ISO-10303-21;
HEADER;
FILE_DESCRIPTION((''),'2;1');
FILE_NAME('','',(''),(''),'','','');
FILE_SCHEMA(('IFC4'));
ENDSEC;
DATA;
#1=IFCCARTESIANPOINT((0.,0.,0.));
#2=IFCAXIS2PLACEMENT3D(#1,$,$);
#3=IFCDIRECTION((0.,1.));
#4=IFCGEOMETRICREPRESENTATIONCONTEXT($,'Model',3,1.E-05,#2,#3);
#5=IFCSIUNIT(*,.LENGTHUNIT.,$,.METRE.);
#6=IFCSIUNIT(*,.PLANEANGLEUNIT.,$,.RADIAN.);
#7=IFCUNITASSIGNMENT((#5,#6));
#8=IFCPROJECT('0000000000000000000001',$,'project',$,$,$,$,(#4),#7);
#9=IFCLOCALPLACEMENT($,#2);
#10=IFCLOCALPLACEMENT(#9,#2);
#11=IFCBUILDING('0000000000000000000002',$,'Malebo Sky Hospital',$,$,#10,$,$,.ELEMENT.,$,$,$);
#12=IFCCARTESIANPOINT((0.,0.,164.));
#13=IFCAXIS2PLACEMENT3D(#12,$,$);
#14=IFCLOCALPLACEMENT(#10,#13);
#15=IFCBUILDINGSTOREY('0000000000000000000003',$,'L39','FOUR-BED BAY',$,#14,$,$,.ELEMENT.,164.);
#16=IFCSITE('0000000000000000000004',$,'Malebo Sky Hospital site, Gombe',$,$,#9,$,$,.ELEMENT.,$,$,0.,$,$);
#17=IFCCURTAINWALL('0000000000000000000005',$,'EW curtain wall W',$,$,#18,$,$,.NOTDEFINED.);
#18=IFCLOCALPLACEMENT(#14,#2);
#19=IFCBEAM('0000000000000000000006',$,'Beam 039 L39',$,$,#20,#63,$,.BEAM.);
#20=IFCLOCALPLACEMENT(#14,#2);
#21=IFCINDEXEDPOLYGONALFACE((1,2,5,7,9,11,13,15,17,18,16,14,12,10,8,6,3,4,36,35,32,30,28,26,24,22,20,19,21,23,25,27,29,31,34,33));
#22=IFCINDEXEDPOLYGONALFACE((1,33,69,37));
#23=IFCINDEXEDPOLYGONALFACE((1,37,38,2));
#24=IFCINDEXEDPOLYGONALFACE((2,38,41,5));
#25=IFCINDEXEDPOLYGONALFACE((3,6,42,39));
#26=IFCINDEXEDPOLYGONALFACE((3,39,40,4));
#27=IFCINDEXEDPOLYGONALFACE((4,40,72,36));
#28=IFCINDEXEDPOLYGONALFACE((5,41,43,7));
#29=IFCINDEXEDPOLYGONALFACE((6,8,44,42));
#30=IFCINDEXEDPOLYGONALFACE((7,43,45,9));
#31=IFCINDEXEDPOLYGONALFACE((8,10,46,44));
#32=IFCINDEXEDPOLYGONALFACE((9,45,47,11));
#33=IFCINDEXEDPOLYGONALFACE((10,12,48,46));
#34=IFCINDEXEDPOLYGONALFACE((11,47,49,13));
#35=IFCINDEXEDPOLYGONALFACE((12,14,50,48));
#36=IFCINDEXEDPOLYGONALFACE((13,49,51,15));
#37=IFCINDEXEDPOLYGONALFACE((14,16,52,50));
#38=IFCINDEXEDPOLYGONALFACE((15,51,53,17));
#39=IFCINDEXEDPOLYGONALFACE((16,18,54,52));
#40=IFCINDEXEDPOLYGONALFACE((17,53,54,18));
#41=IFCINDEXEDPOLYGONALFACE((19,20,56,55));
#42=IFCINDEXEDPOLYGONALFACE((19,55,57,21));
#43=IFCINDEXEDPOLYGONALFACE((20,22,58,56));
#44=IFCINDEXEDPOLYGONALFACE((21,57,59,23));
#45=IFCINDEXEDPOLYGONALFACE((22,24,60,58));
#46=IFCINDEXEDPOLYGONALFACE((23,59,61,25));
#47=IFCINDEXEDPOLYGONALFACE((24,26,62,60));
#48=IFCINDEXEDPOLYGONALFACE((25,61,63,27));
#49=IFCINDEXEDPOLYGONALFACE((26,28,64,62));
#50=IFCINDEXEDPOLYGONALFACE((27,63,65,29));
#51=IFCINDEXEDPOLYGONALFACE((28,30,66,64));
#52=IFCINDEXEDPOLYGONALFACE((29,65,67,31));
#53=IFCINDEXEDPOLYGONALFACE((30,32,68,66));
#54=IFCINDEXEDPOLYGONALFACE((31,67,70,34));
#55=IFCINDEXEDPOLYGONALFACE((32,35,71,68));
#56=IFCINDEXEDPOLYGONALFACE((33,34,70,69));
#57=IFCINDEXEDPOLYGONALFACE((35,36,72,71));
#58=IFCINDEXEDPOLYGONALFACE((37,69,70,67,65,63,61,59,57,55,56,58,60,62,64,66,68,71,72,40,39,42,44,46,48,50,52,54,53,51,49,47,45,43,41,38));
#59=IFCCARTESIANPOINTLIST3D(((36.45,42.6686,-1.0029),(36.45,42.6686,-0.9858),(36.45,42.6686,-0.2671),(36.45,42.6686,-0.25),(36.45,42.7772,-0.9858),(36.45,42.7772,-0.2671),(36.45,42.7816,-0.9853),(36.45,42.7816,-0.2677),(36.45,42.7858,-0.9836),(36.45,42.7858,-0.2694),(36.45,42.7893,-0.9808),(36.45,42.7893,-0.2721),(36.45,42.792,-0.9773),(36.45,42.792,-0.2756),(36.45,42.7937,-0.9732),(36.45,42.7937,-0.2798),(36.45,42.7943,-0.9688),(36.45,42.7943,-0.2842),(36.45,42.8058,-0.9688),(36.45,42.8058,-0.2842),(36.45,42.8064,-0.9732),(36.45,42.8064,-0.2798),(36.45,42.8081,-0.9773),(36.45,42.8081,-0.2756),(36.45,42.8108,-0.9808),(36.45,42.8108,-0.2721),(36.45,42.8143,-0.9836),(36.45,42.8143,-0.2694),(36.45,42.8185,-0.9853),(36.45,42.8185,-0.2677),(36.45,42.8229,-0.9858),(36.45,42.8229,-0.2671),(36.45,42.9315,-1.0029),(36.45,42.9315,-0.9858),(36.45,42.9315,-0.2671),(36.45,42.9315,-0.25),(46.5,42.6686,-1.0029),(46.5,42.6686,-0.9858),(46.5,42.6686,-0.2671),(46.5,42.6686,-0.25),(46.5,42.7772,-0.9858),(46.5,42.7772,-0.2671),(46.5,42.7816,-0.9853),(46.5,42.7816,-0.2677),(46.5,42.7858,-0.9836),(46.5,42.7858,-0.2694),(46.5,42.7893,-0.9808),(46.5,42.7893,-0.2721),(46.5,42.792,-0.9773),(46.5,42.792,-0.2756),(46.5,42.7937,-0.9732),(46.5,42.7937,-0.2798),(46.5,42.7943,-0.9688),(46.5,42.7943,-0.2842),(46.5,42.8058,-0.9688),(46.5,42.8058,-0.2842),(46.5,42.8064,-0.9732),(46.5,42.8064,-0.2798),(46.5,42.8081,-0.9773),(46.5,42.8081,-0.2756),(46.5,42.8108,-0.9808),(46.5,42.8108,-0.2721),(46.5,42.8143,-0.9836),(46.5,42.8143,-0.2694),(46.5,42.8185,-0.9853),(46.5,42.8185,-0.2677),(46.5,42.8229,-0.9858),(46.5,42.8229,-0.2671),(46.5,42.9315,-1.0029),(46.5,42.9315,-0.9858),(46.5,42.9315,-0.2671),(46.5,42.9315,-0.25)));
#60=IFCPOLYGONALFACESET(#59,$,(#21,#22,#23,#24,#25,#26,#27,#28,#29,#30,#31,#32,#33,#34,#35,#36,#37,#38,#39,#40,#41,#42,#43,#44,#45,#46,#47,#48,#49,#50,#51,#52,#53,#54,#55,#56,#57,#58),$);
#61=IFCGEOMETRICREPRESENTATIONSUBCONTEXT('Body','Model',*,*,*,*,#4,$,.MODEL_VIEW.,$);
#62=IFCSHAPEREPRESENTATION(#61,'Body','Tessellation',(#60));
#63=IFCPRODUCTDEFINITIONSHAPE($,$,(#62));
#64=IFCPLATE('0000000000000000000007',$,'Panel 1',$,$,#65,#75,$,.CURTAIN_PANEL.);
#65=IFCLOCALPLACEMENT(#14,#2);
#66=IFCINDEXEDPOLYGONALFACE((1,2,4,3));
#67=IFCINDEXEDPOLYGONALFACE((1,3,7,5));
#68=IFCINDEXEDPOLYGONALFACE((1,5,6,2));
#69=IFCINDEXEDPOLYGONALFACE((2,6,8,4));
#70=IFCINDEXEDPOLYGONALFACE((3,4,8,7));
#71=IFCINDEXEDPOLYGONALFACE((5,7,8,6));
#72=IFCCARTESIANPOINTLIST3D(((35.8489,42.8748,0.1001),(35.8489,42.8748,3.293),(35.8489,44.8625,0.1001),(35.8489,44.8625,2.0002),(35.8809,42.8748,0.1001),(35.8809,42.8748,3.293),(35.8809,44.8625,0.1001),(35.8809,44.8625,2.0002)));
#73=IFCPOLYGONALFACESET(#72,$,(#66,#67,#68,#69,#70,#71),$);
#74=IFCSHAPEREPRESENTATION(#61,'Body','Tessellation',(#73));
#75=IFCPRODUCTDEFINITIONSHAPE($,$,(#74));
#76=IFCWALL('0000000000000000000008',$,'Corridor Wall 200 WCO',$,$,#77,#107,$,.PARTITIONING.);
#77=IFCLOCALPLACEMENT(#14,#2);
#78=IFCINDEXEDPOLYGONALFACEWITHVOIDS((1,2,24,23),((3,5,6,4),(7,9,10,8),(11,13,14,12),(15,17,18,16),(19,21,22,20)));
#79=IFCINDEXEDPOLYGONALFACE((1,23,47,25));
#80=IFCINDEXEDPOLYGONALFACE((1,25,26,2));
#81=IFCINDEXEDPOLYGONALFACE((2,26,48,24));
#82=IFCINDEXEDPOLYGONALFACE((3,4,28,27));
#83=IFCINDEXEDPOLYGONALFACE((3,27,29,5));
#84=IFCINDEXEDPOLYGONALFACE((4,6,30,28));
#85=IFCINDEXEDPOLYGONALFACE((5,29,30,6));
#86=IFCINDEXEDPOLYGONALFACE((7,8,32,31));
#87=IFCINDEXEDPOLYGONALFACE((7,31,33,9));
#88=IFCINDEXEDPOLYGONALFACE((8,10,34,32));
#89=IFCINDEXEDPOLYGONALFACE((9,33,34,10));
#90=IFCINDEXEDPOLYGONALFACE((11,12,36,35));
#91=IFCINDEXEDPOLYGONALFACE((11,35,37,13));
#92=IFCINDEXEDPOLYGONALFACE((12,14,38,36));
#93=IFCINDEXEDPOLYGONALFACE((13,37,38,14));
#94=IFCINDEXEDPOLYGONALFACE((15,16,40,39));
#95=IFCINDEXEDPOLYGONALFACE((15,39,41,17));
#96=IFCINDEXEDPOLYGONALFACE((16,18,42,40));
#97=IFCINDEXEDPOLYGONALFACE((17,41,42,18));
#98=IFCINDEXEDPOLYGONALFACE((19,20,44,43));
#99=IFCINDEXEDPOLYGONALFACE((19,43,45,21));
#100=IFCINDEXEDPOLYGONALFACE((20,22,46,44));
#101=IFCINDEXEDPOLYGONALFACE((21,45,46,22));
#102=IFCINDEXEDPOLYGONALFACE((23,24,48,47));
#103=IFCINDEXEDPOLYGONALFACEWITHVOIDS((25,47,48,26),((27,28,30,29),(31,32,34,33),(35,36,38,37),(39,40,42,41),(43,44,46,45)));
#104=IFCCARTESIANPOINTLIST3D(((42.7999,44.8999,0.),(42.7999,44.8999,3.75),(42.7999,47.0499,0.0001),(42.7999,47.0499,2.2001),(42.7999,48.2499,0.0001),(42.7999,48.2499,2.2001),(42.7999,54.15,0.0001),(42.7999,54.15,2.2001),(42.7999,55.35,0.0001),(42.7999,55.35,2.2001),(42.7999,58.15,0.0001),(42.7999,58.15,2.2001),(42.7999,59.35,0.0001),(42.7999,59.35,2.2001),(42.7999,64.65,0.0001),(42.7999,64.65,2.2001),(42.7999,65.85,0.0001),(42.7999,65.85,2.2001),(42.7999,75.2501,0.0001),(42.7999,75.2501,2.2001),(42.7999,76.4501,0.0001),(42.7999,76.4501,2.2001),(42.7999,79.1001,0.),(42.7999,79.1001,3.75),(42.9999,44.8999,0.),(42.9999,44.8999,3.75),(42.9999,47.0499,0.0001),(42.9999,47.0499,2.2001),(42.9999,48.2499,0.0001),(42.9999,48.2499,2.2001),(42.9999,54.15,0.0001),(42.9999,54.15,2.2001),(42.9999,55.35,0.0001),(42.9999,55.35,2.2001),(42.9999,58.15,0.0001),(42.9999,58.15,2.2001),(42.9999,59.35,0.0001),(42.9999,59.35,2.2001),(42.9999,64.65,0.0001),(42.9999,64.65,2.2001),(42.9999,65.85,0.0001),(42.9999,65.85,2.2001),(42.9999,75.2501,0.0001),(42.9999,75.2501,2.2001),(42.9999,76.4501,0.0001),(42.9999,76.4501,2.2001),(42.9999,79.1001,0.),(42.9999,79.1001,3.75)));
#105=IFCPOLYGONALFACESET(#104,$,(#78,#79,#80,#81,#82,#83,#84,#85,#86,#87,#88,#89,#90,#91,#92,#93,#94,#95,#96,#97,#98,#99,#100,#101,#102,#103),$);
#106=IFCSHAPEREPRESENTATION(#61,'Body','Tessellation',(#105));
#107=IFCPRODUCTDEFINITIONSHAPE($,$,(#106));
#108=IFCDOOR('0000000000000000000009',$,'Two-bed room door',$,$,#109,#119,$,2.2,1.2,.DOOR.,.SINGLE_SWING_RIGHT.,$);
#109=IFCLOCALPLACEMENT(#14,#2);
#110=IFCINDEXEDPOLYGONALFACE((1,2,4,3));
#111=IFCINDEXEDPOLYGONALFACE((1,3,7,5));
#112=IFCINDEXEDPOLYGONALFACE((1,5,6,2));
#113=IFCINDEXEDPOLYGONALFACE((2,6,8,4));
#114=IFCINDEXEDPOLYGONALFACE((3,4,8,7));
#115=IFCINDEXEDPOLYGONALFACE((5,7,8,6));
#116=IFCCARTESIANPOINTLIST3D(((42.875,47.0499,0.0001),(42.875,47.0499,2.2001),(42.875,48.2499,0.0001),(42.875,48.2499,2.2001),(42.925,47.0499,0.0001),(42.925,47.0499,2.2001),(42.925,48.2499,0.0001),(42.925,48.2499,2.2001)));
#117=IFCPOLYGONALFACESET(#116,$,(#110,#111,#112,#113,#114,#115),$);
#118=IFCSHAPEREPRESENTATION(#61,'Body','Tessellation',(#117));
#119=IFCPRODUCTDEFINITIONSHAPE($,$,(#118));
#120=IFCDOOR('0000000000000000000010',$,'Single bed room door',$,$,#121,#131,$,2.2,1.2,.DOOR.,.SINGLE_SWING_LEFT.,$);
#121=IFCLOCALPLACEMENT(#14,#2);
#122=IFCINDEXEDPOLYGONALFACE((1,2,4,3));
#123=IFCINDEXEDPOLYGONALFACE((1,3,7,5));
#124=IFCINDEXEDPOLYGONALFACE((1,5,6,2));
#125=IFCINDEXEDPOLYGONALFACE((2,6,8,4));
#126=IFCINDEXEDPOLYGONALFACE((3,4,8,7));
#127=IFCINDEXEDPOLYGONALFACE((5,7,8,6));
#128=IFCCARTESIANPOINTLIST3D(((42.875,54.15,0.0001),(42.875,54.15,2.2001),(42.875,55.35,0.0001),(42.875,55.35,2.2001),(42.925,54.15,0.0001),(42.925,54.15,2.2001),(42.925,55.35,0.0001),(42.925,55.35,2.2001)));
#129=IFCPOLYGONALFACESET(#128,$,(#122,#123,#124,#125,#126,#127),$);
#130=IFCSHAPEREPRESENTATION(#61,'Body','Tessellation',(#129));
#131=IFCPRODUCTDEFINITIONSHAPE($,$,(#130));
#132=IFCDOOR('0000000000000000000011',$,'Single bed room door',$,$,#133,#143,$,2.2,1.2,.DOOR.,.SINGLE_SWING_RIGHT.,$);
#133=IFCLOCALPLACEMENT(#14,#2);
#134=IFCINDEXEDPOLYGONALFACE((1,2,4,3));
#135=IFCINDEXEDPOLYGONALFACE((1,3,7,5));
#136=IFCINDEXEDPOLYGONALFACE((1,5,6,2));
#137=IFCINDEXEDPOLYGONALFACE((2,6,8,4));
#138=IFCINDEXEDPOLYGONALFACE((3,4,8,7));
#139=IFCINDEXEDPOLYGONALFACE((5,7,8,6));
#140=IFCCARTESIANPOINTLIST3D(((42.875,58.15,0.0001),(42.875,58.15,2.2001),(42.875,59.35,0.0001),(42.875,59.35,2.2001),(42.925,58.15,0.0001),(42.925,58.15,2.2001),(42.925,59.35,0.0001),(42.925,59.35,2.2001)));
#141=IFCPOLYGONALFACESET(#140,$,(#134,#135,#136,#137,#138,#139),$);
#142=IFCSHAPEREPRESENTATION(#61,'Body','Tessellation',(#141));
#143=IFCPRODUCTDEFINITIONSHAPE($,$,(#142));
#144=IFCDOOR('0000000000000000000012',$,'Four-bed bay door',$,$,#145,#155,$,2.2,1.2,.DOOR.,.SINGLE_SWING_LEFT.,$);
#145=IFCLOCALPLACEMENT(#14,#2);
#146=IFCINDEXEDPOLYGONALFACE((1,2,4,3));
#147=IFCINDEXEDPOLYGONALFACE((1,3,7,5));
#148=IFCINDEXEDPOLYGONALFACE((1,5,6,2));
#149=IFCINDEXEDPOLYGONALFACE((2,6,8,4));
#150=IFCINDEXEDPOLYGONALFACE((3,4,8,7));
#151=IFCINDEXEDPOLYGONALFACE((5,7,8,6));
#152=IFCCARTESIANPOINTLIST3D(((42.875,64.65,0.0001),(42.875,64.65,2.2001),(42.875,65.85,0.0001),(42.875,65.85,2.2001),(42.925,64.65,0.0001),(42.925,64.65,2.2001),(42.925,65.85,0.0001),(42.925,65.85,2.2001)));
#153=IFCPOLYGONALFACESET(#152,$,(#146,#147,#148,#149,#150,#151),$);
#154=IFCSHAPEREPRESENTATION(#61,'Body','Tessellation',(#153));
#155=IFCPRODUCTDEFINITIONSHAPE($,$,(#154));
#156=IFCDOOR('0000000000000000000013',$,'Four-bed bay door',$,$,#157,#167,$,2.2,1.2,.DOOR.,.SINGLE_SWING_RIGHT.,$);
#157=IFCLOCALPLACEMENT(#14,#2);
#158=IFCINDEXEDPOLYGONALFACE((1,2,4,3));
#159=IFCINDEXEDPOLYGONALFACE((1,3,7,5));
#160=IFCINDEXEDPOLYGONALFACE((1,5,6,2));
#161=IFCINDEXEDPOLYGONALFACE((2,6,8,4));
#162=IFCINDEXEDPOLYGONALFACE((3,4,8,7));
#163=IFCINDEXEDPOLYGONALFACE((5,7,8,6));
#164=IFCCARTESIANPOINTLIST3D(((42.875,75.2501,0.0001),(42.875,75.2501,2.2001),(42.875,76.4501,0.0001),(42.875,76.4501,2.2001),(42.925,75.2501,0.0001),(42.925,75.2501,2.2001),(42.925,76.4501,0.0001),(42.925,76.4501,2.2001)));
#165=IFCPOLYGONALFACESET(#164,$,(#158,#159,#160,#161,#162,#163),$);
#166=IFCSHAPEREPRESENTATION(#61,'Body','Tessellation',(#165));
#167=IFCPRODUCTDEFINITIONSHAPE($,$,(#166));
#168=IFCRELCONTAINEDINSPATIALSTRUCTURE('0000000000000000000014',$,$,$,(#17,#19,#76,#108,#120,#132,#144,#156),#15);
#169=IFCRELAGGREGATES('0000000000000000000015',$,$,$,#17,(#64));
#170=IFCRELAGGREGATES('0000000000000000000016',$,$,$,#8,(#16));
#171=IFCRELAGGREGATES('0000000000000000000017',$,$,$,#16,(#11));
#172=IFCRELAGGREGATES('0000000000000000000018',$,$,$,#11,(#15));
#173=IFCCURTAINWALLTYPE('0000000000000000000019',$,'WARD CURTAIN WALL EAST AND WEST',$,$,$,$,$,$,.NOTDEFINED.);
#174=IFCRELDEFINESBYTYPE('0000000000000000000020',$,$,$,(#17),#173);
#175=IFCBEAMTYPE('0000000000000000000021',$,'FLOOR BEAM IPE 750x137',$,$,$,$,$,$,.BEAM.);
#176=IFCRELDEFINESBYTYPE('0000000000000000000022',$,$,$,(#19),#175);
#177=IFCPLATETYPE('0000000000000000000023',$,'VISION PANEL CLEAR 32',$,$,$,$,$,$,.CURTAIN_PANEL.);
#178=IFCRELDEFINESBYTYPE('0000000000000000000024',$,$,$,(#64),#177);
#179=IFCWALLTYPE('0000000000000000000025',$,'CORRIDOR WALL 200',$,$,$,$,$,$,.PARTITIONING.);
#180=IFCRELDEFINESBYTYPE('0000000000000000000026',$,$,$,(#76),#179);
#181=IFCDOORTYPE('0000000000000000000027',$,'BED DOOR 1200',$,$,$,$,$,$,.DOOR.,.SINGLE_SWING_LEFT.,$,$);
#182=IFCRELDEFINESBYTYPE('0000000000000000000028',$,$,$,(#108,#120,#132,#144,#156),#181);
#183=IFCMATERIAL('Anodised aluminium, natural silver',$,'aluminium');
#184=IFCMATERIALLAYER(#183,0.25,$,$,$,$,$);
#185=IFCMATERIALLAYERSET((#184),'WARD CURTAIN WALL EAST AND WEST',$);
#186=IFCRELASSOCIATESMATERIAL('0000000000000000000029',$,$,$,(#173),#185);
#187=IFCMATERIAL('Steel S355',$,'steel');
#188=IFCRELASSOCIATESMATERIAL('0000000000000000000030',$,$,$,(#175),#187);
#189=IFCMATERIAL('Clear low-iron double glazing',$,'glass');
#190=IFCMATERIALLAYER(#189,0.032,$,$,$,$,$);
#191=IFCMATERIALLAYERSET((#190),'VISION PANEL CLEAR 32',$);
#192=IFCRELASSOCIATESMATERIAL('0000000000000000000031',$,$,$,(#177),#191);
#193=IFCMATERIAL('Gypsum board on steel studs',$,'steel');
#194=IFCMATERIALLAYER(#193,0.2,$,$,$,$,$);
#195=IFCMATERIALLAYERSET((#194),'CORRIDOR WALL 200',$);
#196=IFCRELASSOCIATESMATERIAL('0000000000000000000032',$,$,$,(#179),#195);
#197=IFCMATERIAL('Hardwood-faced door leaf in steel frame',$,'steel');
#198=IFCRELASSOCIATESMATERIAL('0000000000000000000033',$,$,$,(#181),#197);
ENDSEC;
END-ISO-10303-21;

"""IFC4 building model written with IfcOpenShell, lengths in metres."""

from ifc_helpers import new_model, si_unit, direction, frame, frame_2d, origin, origin_2d, place, context, subcontext, project, spatial, polyline, rectangle, i_section, outline, extrude, material, layer, layer_set, material_profile, profile_set, type_object, element, fill, aggregate, save


model = new_model("IFC4")

# Units and contexts
model_context = context("Model", 3, precision=1e-05, world=origin(), true_north=direction((0.0, 1.0)))
body_context = subcontext(model_context, "Body", "Model", "MODEL_VIEW")
ifc_project = project(units=[si_unit("LENGTHUNIT", "METRE"), si_unit("PLANEANGLEUNIT", "RADIAN")], contexts=[model_context])

# Site, building, storey
site_placement = place(None, origin())
site = spatial("IfcSite", under=ifc_project, at=site_placement, Name="Malebo Sky Hospital site, Gombe", CompositionType="ELEMENT", RefElevation=0.0)
building_placement = place(site_placement, origin())
building = spatial("IfcBuilding", under=site, at=building_placement, Name="Malebo Sky Hospital", CompositionType="ELEMENT")
storey_placement = place(building_placement, frame((0.0, 0.0, 164.0)))
storey = spatial("IfcBuildingStorey", under=building, at=storey_placement, Name="L39", Description="FOUR-BED BAY", CompositionType="ELEMENT", Elevation=164.0)

# Curtain wall
ifc_material_1 = material(Name="Anodised aluminium, natural silver", Category="aluminium")
ifc_layer_1 = layer(ifc_material_1, 0.25)
ifc_layer_set_1 = layer_set([ifc_layer_1], Name="WARD CURTAIN WALL EAST AND WEST")
curtain_wall_type = type_object("IfcCurtainWallType", Name="WARD CURTAIN WALL EAST AND WEST", PredefinedType="NOTDEFINED", material=ifc_layer_set_1)
curtain_wall_placement = place(storey_placement, origin())
curtain_wall = element("IfcCurtainWall", 1, at=curtain_wall_placement, inside=storey, type_object=curtain_wall_type, Name="EW curtain wall W", PredefinedType="NOTDEFINED")

# Beam
ifc_material_2 = material(Name="Steel S355", Category="steel")
ifc_material_profile_1 = material_profile(ifc_material_2, i_section(OverallWidth=0.2629, OverallDepth=0.7529, WebThickness=0.0115, FlangeThickness=0.0171, FilletRadius=0.0171, at=origin_2d()), Name="IPE 750x137")
ifc_profile_set_1 = profile_set([ifc_material_profile_1], Name="Steel S355")
beam_type_1 = type_object("IfcBeamType", Name="FLOOR BEAM IPE 750x137", PredefinedType="BEAM", material=ifc_profile_set_1)
for number, where, z_axis, x_axis, name in (
    (2, (36.45, 42.8, -0.6265), (1.0, 0.0, 0.0), (0.0, 1.0, 0.0), "Beam 039 L39"),
):
    element("IfcBeam", number, at=place(storey_placement, frame(where, z_axis=z_axis, x_axis=x_axis)), inside=storey, type_object=beam_type_1, Name=name, PredefinedType="BEAM", context=body_context, shape_type="SweptSolid", body=[
        extrude(i_section(OverallWidth=0.2629, OverallDepth=0.7529, WebThickness=0.0115, FlangeThickness=0.0171, FilletRadius=0.0171, at=origin_2d()), origin(), (0.0, 0.0, 1.0), 10.05),
    ])

# Plate
ifc_material_3 = material(Name="Clear low-iron double glazing", Category="glass")
ifc_layer_2 = layer(ifc_material_3, 0.032)
ifc_layer_set_2 = layer_set([ifc_layer_2], Name="VISION PANEL CLEAR 32")
plate_type = type_object("IfcPlateType", Name="VISION PANEL CLEAR 32", PredefinedType="CURTAIN_PANEL", material=ifc_layer_set_2)
plate_placement = place(storey_placement, frame((35.865, 43.8687, 0.1001), z_axis=(0.0, 0.0, 1.0), x_axis=(0.0, 1.0, 0.0)))
plate = element("IfcPlate", 3, at=plate_placement, type_object=plate_type, Name="Panel 1", PredefinedType="CURTAIN_PANEL", context=body_context, shape_type="SweptSolid", body=[
    extrude(outline(polyline([(-0.9939, 0.0), (0.9939, 0.0), (0.9939, 1.9001), (-0.9939, 3.1929), (-0.9939, 0.0)])), frame((0.0, 0.0161, 0.0), z_axis=(0.0, -1.0, 0.0), x_axis=(1.0, 0.0, 0.0)), (0.0, 0.0, 1.0), 0.032),
])
aggregate(curtain_wall, [plate])

# Wall, openings, doors
ifc_material_4 = material(Name="Gypsum board on steel studs", Category="steel")
ifc_layer_3 = layer(ifc_material_4, 0.2)
ifc_layer_set_3 = layer_set([ifc_layer_3], Name="CORRIDOR WALL 200")
wall_type_1 = type_object("IfcWallType", Name="CORRIDOR WALL 200", PredefinedType="PARTITIONING", material=ifc_layer_set_3)
wall_1_placement = place(storey_placement, frame((42.8999, 44.8999, 0.0), z_axis=(0.0, 0.0, 1.0), x_axis=(0.0, 1.0, 0.0)))
wall_1 = element("IfcWall", 4, at=wall_1_placement, inside=storey, type_object=wall_type_1, Name="Corridor Wall 200 WCO", PredefinedType="PARTITIONING", context=body_context, shape_type="SweptSolid", body=[
    extrude(rectangle(XDim=34.2002, YDim=0.2, at=frame_2d((17.1001, 0.0))), origin(), (0.0, 0.0, 1.0), 3.75),
])
opening_1_placement = place(wall_1_placement, frame((2.1499, 0.0, 0.0)))
opening_1 = element("IfcOpeningElement", 5, at=opening_1_placement, cuts=wall_1, PredefinedType="OPENING", context=body_context, shape_type="SweptSolid", body=[
    extrude(rectangle(XDim=1.2, YDim=2.2, at=frame_2d((0.6001, 1.1001))), frame((0.0, 0.1099, 0.0), z_axis=(0.0, -1.0, 0.0), x_axis=(1.0, 0.0, 0.0)), (0.0, 0.0, 1.0), 0.22),
])
opening_2_placement = place(wall_1_placement, frame((9.25, 0.0, 0.0)))
opening_2 = element("IfcOpeningElement", 6, at=opening_2_placement, cuts=wall_1, PredefinedType="OPENING", context=body_context, shape_type="SweptSolid", body=[
    extrude(rectangle(XDim=1.2, YDim=2.2, at=frame_2d((0.6001, 1.1001))), frame((0.0, 0.1099, 0.0), z_axis=(0.0, -1.0, 0.0), x_axis=(1.0, 0.0, 0.0)), (0.0, 0.0, 1.0), 0.22),
])
opening_3_placement = place(wall_1_placement, frame((13.25, 0.0, 0.0)))
opening_3 = element("IfcOpeningElement", 7, at=opening_3_placement, cuts=wall_1, PredefinedType="OPENING", context=body_context, shape_type="SweptSolid", body=[
    extrude(rectangle(XDim=1.2, YDim=2.2, at=frame_2d((0.6001, 1.1001))), frame((0.0, 0.1099, 0.0), z_axis=(0.0, -1.0, 0.0), x_axis=(1.0, 0.0, 0.0)), (0.0, 0.0, 1.0), 0.22),
])
opening_4_placement = place(wall_1_placement, frame((19.75, 0.0, 0.0)))
opening_4 = element("IfcOpeningElement", 8, at=opening_4_placement, cuts=wall_1, PredefinedType="OPENING", context=body_context, shape_type="SweptSolid", body=[
    extrude(rectangle(XDim=1.2, YDim=2.2, at=frame_2d((0.6001, 1.1001))), frame((0.0, 0.1099, 0.0), z_axis=(0.0, -1.0, 0.0), x_axis=(1.0, 0.0, 0.0)), (0.0, 0.0, 1.0), 0.22),
])
opening_5_placement = place(wall_1_placement, frame((30.3501, 0.0, 0.0)))
opening_5 = element("IfcOpeningElement", 9, at=opening_5_placement, cuts=wall_1, PredefinedType="OPENING", context=body_context, shape_type="SweptSolid", body=[
    extrude(rectangle(XDim=1.2, YDim=2.2, at=frame_2d((0.6001, 1.1001))), frame((0.0, 0.1099, 0.0), z_axis=(0.0, -1.0, 0.0), x_axis=(1.0, 0.0, 0.0)), (0.0, 0.0, 1.0), 0.22),
])
ifc_material_5 = material(Name="Hardwood-faced door leaf in steel frame", Category="steel")
door_type = type_object("IfcDoorType", Name="BED DOOR 1200", OperationType="SINGLE_SWING_LEFT", PredefinedType="DOOR", material=ifc_material_5)
door_1_placement = place(opening_1_placement, origin())
door_1 = element("IfcDoor", 10, at=door_1_placement, inside=storey, type_object=door_type, Name="Two-bed room door", OperationType="SINGLE_SWING_RIGHT", OverallHeight=2.2, OverallWidth=1.2, PredefinedType="DOOR", context=body_context, shape_type="SweptSolid", body=[
    extrude(rectangle(XDim=1.2, YDim=2.2, at=frame_2d((0.6001, 1.1001))), frame((0.0, 0.0249, 0.0), z_axis=(0.0, -1.0, 0.0), x_axis=(1.0, 0.0, 0.0)), (0.0, 0.0, 1.0), 0.05),
])
fill(opening_1, door_1)
door_2_placement = place(opening_2_placement, origin())
door_2 = element("IfcDoor", 11, at=door_2_placement, inside=storey, type_object=door_type, Name="Single bed room door", OperationType="SINGLE_SWING_LEFT", OverallHeight=2.2, OverallWidth=1.2, PredefinedType="DOOR", context=body_context, shape_type="SweptSolid", body=[
    extrude(rectangle(XDim=1.2, YDim=2.2, at=frame_2d((0.6001, 1.1001))), frame((0.0, 0.0249, 0.0), z_axis=(0.0, -1.0, 0.0), x_axis=(1.0, 0.0, 0.0)), (0.0, 0.0, 1.0), 0.05),
])
fill(opening_2, door_2)
door_3_placement = place(opening_3_placement, origin())
door_3 = element("IfcDoor", 12, at=door_3_placement, inside=storey, type_object=door_type, Name="Single bed room door", OperationType="SINGLE_SWING_RIGHT", OverallHeight=2.2, OverallWidth=1.2, PredefinedType="DOOR", context=body_context, shape_type="SweptSolid", body=[
    extrude(rectangle(XDim=1.2, YDim=2.2, at=frame_2d((0.6001, 1.1001))), frame((0.0, 0.0249, 0.0), z_axis=(0.0, -1.0, 0.0), x_axis=(1.0, 0.0, 0.0)), (0.0, 0.0, 1.0), 0.05),
])
fill(opening_3, door_3)
door_4_placement = place(opening_4_placement, origin())
door_4 = element("IfcDoor", 13, at=door_4_placement, inside=storey, type_object=door_type, Name="Four-bed bay door", OperationType="SINGLE_SWING_LEFT", OverallHeight=2.2, OverallWidth=1.2, PredefinedType="DOOR", context=body_context, shape_type="SweptSolid", body=[
    extrude(rectangle(XDim=1.2, YDim=2.2, at=frame_2d((0.6001, 1.1001))), frame((0.0, 0.0249, 0.0), z_axis=(0.0, -1.0, 0.0), x_axis=(1.0, 0.0, 0.0)), (0.0, 0.0, 1.0), 0.05),
])
fill(opening_4, door_4)
door_5_placement = place(opening_5_placement, origin())
door_5 = element("IfcDoor", 14, at=door_5_placement, inside=storey, type_object=door_type, Name="Four-bed bay door", OperationType="SINGLE_SWING_RIGHT", OverallHeight=2.2, OverallWidth=1.2, PredefinedType="DOOR", context=body_context, shape_type="SweptSolid", body=[
    extrude(rectangle(XDim=1.2, YDim=2.2, at=frame_2d((0.6001, 1.1001))), frame((0.0, 0.0249, 0.0), z_axis=(0.0, -1.0, 0.0), x_axis=(1.0, 0.0, 0.0)), (0.0, 0.0, 1.0), 0.05),
])
fill(opening_5, door_5)

save(model, "model.ifc")
